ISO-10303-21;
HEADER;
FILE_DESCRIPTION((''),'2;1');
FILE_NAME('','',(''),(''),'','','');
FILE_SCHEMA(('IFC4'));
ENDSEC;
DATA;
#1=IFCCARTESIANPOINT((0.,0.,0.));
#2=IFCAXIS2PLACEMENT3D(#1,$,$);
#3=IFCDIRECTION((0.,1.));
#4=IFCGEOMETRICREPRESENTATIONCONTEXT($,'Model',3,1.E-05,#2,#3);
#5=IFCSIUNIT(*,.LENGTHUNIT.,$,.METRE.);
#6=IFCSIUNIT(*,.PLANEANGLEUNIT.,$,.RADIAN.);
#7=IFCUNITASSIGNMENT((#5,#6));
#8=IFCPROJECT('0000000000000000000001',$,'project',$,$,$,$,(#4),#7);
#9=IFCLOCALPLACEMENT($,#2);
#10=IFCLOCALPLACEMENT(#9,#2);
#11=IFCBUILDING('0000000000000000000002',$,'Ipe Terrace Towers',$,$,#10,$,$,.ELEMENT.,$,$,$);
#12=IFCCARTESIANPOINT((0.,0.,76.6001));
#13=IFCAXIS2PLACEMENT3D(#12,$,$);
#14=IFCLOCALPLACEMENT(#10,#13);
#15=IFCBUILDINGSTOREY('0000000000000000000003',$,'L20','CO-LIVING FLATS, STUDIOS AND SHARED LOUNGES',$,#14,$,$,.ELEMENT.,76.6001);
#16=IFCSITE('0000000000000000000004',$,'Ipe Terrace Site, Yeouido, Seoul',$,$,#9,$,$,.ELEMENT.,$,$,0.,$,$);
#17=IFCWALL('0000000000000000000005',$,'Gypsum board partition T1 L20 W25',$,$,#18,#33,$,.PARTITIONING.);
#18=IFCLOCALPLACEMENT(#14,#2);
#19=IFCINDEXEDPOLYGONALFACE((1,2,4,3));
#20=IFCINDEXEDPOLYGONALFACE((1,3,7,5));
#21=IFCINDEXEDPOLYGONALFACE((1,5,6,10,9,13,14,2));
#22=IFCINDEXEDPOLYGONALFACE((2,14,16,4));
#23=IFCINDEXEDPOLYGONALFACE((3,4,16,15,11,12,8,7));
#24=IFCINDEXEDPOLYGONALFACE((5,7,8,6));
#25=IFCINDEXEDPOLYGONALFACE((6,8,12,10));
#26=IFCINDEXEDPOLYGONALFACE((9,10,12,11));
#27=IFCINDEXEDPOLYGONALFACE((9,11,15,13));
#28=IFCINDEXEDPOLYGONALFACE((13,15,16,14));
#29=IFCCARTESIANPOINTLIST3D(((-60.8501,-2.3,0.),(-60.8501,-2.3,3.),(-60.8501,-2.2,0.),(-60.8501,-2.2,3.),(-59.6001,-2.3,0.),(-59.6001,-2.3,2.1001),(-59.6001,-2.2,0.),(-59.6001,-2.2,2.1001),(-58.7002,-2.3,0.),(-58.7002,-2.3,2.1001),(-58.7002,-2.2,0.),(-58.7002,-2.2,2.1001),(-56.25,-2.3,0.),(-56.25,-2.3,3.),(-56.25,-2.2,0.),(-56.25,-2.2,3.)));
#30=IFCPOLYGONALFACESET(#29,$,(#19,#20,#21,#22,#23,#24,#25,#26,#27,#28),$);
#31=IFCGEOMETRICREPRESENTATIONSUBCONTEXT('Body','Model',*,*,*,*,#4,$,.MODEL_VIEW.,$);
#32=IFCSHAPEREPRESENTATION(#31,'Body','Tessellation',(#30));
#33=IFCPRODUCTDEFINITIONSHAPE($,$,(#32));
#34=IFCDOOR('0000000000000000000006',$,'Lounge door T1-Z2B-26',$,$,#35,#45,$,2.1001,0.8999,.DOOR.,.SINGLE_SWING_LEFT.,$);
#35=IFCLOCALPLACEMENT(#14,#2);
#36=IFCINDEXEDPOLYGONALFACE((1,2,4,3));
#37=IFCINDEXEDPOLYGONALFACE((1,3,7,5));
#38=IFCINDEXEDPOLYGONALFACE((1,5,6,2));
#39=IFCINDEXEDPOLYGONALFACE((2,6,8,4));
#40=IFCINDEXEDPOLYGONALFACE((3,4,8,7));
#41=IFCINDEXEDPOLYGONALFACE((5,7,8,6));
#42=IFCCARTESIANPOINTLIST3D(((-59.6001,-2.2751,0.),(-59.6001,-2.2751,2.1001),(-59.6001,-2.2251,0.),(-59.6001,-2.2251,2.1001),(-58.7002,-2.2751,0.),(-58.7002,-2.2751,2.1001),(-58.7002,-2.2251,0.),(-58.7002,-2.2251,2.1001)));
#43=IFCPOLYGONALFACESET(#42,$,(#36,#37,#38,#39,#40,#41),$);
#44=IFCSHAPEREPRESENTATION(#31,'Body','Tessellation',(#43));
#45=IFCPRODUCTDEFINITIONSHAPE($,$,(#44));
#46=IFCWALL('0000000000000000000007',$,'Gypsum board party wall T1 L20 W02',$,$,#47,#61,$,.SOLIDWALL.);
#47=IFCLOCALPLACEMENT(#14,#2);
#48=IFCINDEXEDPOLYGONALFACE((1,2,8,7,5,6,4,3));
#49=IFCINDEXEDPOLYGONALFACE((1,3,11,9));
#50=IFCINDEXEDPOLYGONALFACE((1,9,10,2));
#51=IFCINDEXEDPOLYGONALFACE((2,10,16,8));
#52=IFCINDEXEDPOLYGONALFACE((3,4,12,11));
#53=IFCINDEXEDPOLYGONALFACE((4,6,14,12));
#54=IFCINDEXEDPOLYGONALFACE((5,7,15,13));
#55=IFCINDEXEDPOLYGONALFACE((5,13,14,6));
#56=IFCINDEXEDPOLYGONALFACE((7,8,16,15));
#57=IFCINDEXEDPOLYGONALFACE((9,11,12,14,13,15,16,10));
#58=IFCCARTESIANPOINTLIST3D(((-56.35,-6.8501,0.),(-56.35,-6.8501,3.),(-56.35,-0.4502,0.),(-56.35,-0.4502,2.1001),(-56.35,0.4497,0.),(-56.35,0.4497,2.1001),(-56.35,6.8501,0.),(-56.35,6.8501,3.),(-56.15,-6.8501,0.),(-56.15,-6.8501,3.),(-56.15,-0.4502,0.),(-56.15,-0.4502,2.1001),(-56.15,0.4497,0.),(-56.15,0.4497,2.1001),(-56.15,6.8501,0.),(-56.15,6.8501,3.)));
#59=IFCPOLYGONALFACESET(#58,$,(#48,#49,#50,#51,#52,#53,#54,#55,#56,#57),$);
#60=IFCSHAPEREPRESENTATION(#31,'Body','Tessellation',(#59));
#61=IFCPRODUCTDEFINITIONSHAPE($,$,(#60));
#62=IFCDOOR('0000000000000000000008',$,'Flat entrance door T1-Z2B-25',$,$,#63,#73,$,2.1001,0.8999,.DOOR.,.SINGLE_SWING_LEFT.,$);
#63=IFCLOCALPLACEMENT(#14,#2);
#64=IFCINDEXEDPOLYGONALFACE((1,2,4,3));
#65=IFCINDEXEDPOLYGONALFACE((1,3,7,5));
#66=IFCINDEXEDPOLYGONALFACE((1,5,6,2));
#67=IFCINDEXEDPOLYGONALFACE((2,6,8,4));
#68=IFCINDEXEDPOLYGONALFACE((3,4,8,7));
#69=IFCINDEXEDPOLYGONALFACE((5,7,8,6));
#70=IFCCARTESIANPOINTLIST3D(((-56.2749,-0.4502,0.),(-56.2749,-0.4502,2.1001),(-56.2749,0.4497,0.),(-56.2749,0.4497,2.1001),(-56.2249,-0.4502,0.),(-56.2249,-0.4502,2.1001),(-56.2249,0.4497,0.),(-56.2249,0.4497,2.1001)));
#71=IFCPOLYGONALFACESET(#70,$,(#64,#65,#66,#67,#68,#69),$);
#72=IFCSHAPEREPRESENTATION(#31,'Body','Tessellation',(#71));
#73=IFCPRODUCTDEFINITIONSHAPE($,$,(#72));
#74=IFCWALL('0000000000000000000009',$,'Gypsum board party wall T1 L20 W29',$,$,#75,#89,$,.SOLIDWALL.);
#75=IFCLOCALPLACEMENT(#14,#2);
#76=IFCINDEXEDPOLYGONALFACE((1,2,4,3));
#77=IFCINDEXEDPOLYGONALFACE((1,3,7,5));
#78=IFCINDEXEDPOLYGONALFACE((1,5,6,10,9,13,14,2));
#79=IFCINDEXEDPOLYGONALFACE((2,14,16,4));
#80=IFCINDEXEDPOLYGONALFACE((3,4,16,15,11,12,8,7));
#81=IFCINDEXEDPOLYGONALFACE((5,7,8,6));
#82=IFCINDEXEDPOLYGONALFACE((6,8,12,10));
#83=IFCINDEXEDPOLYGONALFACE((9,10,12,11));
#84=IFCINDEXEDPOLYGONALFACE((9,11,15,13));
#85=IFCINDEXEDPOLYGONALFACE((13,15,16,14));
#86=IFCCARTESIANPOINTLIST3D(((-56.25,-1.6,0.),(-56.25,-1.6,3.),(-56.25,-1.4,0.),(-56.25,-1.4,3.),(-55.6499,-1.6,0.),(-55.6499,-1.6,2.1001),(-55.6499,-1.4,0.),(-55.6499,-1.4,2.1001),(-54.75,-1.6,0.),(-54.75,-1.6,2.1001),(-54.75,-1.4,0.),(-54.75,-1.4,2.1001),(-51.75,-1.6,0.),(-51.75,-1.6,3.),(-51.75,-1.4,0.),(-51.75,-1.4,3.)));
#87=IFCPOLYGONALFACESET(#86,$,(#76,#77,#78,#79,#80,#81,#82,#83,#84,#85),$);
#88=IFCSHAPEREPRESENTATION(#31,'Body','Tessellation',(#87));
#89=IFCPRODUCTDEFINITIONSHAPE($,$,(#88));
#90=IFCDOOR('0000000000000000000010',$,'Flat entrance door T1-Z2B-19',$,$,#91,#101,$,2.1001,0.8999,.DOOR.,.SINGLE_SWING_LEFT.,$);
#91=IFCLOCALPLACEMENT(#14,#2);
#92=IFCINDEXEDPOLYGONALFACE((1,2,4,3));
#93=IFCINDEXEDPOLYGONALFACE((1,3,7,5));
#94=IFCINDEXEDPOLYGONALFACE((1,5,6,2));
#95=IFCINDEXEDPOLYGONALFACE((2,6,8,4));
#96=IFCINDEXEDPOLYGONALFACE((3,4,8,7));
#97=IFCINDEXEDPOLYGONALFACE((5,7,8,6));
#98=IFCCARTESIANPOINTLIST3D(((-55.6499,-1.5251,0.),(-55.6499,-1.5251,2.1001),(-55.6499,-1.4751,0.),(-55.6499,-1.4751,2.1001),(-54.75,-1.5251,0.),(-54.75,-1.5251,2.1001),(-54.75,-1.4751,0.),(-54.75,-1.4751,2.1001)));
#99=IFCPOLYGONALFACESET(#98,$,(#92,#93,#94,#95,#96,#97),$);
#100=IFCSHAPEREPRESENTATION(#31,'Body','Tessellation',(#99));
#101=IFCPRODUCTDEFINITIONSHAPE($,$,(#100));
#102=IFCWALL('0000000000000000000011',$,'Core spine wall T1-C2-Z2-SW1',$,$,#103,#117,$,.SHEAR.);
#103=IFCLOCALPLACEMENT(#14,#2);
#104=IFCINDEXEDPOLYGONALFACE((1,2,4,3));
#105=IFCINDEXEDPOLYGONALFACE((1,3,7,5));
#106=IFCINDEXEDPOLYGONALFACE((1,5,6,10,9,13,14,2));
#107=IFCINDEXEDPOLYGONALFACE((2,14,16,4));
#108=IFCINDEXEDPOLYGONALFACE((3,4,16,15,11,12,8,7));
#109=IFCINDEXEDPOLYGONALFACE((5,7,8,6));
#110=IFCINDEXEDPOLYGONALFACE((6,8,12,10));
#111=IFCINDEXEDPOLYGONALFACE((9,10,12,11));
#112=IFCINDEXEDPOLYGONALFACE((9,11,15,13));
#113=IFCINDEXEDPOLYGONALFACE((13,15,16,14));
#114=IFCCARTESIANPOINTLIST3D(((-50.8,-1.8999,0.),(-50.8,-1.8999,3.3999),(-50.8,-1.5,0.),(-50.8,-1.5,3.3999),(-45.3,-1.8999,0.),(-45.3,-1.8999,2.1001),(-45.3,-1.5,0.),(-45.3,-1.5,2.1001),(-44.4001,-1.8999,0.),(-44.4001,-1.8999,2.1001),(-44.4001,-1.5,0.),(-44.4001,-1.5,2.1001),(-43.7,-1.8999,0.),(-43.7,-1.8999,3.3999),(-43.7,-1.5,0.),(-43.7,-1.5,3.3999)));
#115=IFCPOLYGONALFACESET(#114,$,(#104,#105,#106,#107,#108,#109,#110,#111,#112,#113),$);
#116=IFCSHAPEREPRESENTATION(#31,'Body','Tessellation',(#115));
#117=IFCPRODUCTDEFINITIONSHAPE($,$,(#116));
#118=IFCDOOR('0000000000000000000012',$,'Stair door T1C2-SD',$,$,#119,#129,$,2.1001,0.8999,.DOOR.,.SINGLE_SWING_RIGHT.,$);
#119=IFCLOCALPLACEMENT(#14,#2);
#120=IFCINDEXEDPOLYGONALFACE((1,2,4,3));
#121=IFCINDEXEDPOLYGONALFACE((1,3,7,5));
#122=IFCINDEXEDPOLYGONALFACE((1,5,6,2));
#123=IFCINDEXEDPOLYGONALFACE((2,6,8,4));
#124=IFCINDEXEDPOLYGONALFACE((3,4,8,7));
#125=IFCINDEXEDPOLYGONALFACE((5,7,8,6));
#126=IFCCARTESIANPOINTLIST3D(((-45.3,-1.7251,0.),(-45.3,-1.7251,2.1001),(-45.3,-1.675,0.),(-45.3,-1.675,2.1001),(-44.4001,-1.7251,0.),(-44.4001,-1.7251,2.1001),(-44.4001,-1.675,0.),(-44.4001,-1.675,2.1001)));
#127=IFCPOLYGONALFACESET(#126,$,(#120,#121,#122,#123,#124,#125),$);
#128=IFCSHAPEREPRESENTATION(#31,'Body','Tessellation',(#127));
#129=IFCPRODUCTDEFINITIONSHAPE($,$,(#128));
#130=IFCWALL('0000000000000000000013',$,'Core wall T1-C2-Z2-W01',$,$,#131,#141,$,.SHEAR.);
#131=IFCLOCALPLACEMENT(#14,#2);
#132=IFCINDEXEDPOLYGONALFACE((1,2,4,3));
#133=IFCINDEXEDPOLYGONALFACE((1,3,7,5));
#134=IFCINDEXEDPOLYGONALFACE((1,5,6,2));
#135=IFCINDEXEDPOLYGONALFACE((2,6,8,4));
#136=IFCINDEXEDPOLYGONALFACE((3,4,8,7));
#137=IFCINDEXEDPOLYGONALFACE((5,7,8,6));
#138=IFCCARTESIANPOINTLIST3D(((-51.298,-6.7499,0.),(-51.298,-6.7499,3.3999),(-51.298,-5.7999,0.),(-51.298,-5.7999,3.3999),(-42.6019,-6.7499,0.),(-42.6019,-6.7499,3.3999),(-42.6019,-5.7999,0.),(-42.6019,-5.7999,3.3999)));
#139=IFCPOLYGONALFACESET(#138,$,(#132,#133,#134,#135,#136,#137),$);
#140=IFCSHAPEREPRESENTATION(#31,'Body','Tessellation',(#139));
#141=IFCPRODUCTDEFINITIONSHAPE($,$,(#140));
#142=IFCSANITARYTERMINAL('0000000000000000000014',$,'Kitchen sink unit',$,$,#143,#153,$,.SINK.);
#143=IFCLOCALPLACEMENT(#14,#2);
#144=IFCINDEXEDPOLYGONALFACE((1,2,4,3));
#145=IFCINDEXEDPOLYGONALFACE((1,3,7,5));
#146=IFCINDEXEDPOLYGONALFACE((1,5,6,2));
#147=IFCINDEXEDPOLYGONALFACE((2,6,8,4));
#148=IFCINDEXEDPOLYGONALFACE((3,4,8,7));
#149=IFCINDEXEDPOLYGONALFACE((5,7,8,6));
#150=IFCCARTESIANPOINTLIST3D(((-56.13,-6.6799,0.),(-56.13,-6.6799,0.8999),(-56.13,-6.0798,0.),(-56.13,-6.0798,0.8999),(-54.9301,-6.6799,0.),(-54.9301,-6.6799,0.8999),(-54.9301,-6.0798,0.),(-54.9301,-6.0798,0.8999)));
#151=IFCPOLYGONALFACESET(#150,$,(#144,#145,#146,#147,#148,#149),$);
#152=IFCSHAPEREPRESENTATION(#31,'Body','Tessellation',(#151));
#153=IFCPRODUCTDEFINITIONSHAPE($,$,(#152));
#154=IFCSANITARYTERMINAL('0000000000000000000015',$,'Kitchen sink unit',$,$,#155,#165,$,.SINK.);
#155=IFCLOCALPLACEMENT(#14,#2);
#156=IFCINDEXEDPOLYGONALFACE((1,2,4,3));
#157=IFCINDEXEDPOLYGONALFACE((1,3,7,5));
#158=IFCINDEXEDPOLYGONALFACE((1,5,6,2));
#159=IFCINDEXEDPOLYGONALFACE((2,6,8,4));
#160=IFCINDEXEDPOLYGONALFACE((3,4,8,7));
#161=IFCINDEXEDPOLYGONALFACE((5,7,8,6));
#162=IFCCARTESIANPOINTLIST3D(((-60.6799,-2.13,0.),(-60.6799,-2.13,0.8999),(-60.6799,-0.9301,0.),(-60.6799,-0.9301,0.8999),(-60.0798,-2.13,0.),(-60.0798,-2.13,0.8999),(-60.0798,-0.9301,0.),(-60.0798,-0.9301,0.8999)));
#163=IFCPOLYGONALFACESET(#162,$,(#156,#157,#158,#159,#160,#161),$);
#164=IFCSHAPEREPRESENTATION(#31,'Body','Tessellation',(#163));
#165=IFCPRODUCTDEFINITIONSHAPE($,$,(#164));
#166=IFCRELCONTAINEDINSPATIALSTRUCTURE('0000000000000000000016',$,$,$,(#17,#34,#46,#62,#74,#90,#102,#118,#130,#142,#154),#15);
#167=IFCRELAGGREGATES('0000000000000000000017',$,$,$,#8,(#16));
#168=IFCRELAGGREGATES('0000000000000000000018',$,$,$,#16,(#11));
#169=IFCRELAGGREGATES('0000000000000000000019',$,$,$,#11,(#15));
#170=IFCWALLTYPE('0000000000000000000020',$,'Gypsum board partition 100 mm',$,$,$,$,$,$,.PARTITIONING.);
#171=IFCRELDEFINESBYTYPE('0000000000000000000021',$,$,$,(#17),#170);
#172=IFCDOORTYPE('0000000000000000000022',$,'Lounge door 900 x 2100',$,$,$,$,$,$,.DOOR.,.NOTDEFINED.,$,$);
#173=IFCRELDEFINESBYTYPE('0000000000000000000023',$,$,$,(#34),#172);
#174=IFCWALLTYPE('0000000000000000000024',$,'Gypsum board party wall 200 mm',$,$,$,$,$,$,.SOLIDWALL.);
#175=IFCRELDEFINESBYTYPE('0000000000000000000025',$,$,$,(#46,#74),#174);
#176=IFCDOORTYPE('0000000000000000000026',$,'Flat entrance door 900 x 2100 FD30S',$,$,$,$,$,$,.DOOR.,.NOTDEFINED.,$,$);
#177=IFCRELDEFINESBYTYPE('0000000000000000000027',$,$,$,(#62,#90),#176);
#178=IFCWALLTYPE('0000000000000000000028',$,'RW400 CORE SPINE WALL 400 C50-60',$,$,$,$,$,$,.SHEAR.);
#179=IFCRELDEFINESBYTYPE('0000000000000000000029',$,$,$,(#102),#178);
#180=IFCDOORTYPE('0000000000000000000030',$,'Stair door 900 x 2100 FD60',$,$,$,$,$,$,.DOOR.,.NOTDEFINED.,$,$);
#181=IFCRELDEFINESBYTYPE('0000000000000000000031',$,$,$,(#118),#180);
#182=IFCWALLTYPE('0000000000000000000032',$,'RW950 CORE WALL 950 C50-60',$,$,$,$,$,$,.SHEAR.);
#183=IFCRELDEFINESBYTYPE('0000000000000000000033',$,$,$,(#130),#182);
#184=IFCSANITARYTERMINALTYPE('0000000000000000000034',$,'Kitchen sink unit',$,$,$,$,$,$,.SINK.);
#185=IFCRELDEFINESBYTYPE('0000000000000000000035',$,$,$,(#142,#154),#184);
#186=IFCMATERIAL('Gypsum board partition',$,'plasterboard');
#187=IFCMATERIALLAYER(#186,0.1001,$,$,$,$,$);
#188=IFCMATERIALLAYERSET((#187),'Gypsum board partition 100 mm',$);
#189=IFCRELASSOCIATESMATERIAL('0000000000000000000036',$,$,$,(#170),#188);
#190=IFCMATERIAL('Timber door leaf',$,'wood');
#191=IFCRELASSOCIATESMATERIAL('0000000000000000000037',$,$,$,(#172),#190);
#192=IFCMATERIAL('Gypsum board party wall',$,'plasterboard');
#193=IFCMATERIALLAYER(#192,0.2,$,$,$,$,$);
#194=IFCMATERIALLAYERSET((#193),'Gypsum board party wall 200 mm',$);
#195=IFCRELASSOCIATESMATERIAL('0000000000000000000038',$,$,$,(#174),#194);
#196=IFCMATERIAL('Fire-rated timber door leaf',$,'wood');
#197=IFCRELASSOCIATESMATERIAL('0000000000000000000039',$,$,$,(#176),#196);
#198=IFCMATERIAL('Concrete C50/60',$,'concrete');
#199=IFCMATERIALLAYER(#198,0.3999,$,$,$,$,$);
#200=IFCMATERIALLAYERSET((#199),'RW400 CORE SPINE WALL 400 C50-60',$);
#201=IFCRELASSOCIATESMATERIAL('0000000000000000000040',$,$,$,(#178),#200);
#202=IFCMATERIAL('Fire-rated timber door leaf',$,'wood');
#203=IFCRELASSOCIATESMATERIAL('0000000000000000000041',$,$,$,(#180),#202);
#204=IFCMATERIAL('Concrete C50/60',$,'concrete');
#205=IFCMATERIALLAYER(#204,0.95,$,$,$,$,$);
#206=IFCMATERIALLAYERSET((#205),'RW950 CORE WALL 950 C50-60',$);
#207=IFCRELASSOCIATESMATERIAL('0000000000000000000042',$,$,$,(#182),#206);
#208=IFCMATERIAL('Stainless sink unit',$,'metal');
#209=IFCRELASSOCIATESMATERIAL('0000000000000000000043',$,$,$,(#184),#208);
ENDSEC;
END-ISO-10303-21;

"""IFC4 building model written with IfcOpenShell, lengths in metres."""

from ifc_helpers import new_model, si_unit, direction, frame, frame_2d, origin, origin_2d, place, context, subcontext, project, spatial, rectangle, extrude, material, layer, layer_set, type_object, element, fill, save


model = new_model("IFC4")

# Units and contexts
model_context = context("Model", 3, precision=1e-05, world=origin(), true_north=direction((0.0, 1.0)))
body_context = subcontext(model_context, "Body", "Model", "MODEL_VIEW")
ifc_project = project(units=[si_unit("LENGTHUNIT", "METRE"), si_unit("PLANEANGLEUNIT", "RADIAN")], contexts=[model_context])

# Site, building, storey
site_placement = place(None, origin())
site = spatial("IfcSite", under=ifc_project, at=site_placement, Name="Ipe Terrace Site, Yeouido, Seoul", CompositionType="ELEMENT", RefElevation=0.0)
building_placement = place(site_placement, origin())
building = spatial("IfcBuilding", under=site, at=building_placement, Name="Ipe Terrace Towers", CompositionType="ELEMENT")
storey_placement = place(building_placement, frame((0.0, 0.0, 76.6001)))
storey = spatial("IfcBuildingStorey", under=building, at=storey_placement, Name="L20", Description="CO-LIVING FLATS, STUDIOS AND SHARED LOUNGES", CompositionType="ELEMENT", Elevation=76.6001)

# Shared definitions
ifc_material_1 = material(Name="Gypsum board partition", Category="plasterboard")
ifc_layer_1 = layer(ifc_material_1, 0.1001)
ifc_layer_set_1 = layer_set([ifc_layer_1], Name="Gypsum board partition 100 mm")
wall_type_1 = type_object("IfcWallType", Name="Gypsum board partition 100 mm", PredefinedType="PARTITIONING", material=ifc_layer_set_1)

# Walls, openings, doors
wall_1_placement = place(storey_placement, frame((-60.8501, -2.25, 0.0), z_axis=(0.0, 0.0, 1.0), x_axis=(1.0, 0.0, 0.0)))
wall_1 = element("IfcWall", 1, at=wall_1_placement, inside=storey, type_object=wall_type_1, Name="Gypsum board partition T1 L20 W25", PredefinedType="PARTITIONING", context=body_context, shape_type="SweptSolid", body=[
    extrude(rectangle(XDim=4.6001, YDim=0.1001, at=frame_2d((2.3, 0.0))), origin(), (0.0, 0.0, 1.0), 3.0),
])
opening_1_placement = place(wall_1_placement, frame((1.25, 0.0, 0.0)))
opening_1 = element("IfcOpeningElement", 2, at=opening_1_placement, cuts=wall_1, PredefinedType="OPENING", context=body_context, shape_type="SweptSolid", body=[
    extrude(rectangle(XDim=0.8999, YDim=2.1001, at=frame_2d((0.45, 1.05))), frame((0.0, 0.0601, 0.0), z_axis=(0.0, -1.0, 0.0), x_axis=(1.0, 0.0, 0.0)), (0.0, 0.0, 1.0), 0.1201),
])
ifc_material_2 = material(Name="Timber door leaf", Category="wood")
door_type_1 = type_object("IfcDoorType", Name="Lounge door 900 x 2100", OperationType="NOTDEFINED", PredefinedType="DOOR", material=ifc_material_2)
door_1_placement = place(opening_1_placement, origin())
door_1 = element("IfcDoor", 3, at=door_1_placement, inside=storey, type_object=door_type_1, Name="Lounge door T1-Z2B-26", OperationType="SINGLE_SWING_LEFT", OverallHeight=2.1001, OverallWidth=0.8999, PredefinedType="DOOR", context=body_context, shape_type="SweptSolid", body=[
    extrude(rectangle(XDim=0.8999, YDim=2.1001, at=frame_2d((0.45, 1.05))), frame((0.0, 0.0249, 0.0), z_axis=(0.0, -1.0, 0.0), x_axis=(1.0, 0.0, 0.0)), (0.0, 0.0, 1.0), 0.05),
])
fill(opening_1, door_1)
ifc_material_3 = material(Name="Gypsum board party wall", Category="plasterboard")
ifc_layer_2 = layer(ifc_material_3, 0.2)
ifc_layer_set_2 = layer_set([ifc_layer_2], Name="Gypsum board party wall 200 mm")
wall_type_2 = type_object("IfcWallType", Name="Gypsum board party wall 200 mm", PredefinedType="SOLIDWALL", material=ifc_layer_set_2)
wall_2_placement = place(storey_placement, frame((-56.25, -6.8501, 0.0), z_axis=(0.0, 0.0, 1.0), x_axis=(0.0, 1.0, 0.0)))
wall_2 = element("IfcWall", 4, at=wall_2_placement, inside=storey, type_object=wall_type_2, Name="Gypsum board party wall T1 L20 W02", PredefinedType="SOLIDWALL", context=body_context, shape_type="SweptSolid", body=[
    extrude(rectangle(XDim=13.7002, YDim=0.2, at=frame_2d((6.8501, 0.0))), origin(), (0.0, 0.0, 1.0), 3.0),
])
opening_2_placement = place(wall_2_placement, frame((6.3999, 0.0, 0.0)))
opening_2 = element("IfcOpeningElement", 5, at=opening_2_placement, cuts=wall_2, PredefinedType="OPENING", context=body_context, shape_type="SweptSolid", body=[
    extrude(rectangle(XDim=0.8999, YDim=2.1001, at=frame_2d((0.45, 1.05))), frame((0.0, 0.1099, 0.0), z_axis=(0.0, -1.0, 0.0), x_axis=(1.0, 0.0, 0.0)), (0.0, 0.0, 1.0), 0.22),
])
ifc_material_4 = material(Name="Fire-rated timber door leaf", Category="wood")
door_type_2 = type_object("IfcDoorType", Name="Flat entrance door 900 x 2100 FD30S", OperationType="NOTDEFINED", PredefinedType="DOOR", material=ifc_material_4)
door_2_placement = place(opening_2_placement, origin())
door_2 = element("IfcDoor", 6, at=door_2_placement, inside=storey, type_object=door_type_2, Name="Flat entrance door T1-Z2B-25", OperationType="SINGLE_SWING_LEFT", OverallHeight=2.1001, OverallWidth=0.8999, PredefinedType="DOOR", context=body_context, shape_type="SweptSolid", body=[
    extrude(rectangle(XDim=0.8999, YDim=2.1001, at=frame_2d((0.45, 1.05))), frame((0.0, 0.0249, 0.0), z_axis=(0.0, -1.0, 0.0), x_axis=(1.0, 0.0, 0.0)), (0.0, 0.0, 1.0), 0.05),
])
fill(opening_2, door_2)
wall_3_placement = place(storey_placement, frame((-56.25, -1.5, 0.0), z_axis=(0.0, 0.0, 1.0), x_axis=(1.0, 0.0, 0.0)))
wall_3 = element("IfcWall", 7, at=wall_3_placement, inside=storey, type_object=wall_type_2, Name="Gypsum board party wall T1 L20 W29", PredefinedType="SOLIDWALL", context=body_context, shape_type="SweptSolid", body=[
    extrude(rectangle(XDim=4.5, YDim=0.2, at=frame_2d((2.25, 0.0))), origin(), (0.0, 0.0, 1.0), 3.0),
])
opening_3_placement = place(wall_3_placement, frame((0.6001, 0.0, 0.0)))
opening_3 = element("IfcOpeningElement", 8, at=opening_3_placement, cuts=wall_3, PredefinedType="OPENING", context=body_context, shape_type="SweptSolid", body=[
    extrude(rectangle(XDim=0.8999, YDim=2.1001, at=frame_2d((0.45, 1.05))), frame((0.0, 0.1099, 0.0), z_axis=(0.0, -1.0, 0.0), x_axis=(1.0, 0.0, 0.0)), (0.0, 0.0, 1.0), 0.22),
])
door_3_placement = place(opening_3_placement, origin())
door_3 = element("IfcDoor", 9, at=door_3_placement, inside=storey, type_object=door_type_2, Name="Flat entrance door T1-Z2B-19", OperationType="SINGLE_SWING_LEFT", OverallHeight=2.1001, OverallWidth=0.8999, PredefinedType="DOOR", context=body_context, shape_type="SweptSolid", body=[
    extrude(rectangle(XDim=0.8999, YDim=2.1001, at=frame_2d((0.45, 1.05))), frame((0.0, 0.0249, 0.0), z_axis=(0.0, -1.0, 0.0), x_axis=(1.0, 0.0, 0.0)), (0.0, 0.0, 1.0), 0.05),
])
fill(opening_3, door_3)
ifc_material_5 = material(Name="Concrete C50/60", Category="concrete")
ifc_layer_3 = layer(ifc_material_5, 0.3999)
ifc_layer_set_3 = layer_set([ifc_layer_3], Name="RW400 CORE SPINE WALL 400 C50-60")
wall_type_3 = type_object("IfcWallType", Name="RW400 CORE SPINE WALL 400 C50-60", PredefinedType="SHEAR", material=ifc_layer_set_3)
wall_4_placement = place(storey_placement, frame((-50.8, -1.7, 0.0), z_axis=(0.0, 0.0, 1.0), x_axis=(1.0, 0.0, 0.0)))
wall_4 = element("IfcWall", 10, at=wall_4_placement, inside=storey, type_object=wall_type_3, Name="Core spine wall T1-C2-Z2-SW1", PredefinedType="SHEAR", context=body_context, shape_type="SweptSolid", body=[
    extrude(rectangle(XDim=7.1001, YDim=0.3999, at=frame_2d((3.55, 0.0))), origin(), (0.0, 0.0, 1.0), 3.3999),
])
opening_4_placement = place(wall_4_placement, frame((5.5, 0.0, 0.0)))
opening_4 = element("IfcOpeningElement", 11, at=opening_4_placement, cuts=wall_4, PredefinedType="OPENING", context=body_context, shape_type="SweptSolid", body=[
    extrude(rectangle(XDim=0.8999, YDim=2.1001, at=frame_2d((0.45, 1.05))), frame((0.0, 0.21, 0.0), z_axis=(0.0, -1.0, 0.0), x_axis=(1.0, 0.0, 0.0)), (0.0, 0.0, 1.0), 0.4199),
])
ifc_material_6 = material(Name="Fire-rated timber door leaf", Category="wood")
door_type_3 = type_object("IfcDoorType", Name="Stair door 900 x 2100 FD60", OperationType="NOTDEFINED", PredefinedType="DOOR", material=ifc_material_6)
door_4_placement = place(opening_4_placement, origin())
door_4 = element("IfcDoor", 12, at=door_4_placement, inside=storey, type_object=door_type_3, Name="Stair door T1C2-SD", OperationType="SINGLE_SWING_RIGHT", OverallHeight=2.1001, OverallWidth=0.8999, PredefinedType="DOOR", context=body_context, shape_type="SweptSolid", body=[
    extrude(rectangle(XDim=0.8999, YDim=2.1001, at=frame_2d((0.45, 1.05))), frame((0.0, 0.0249, 0.0), z_axis=(0.0, -1.0, 0.0), x_axis=(1.0, 0.0, 0.0)), (0.0, 0.0, 1.0), 0.05),
])
fill(opening_4, door_4)

# Wall
ifc_material_7 = material(Name="Concrete C50/60", Category="concrete")
ifc_layer_4 = layer(ifc_material_7, 0.95)
ifc_layer_set_4 = layer_set([ifc_layer_4], Name="RW950 CORE WALL 950 C50-60")
wall_type_4 = type_object("IfcWallType", Name="RW950 CORE WALL 950 C50-60", PredefinedType="SHEAR", material=ifc_layer_set_4)
wall_5_placement = place(storey_placement, frame((-51.2981, -6.2749, 0.0), z_axis=(0.0, 0.0, 1.0), x_axis=(1.0, 0.0, 0.0)))
element("IfcWall", 13, at=wall_5_placement, inside=storey, type_object=wall_type_4, Name="Core wall T1-C2-Z2-W01", PredefinedType="SHEAR", context=body_context, shape_type="SweptSolid", body=[
    extrude(rectangle(XDim=8.696, YDim=0.95, at=frame_2d((4.3481, 0.0))), origin(), (0.0, 0.0, 1.0), 3.3999),
])

# Sanitary terminals
ifc_material_8 = material(Name="Stainless sink unit", Category="metal")
sanitary_terminal_type_1 = type_object("IfcSanitaryTerminalType", Name="Kitchen sink unit", PredefinedType="SINK", material=ifc_material_8)
for number, where, z_axis, x_axis, name in (
    (14, (-55.53, -6.3799, 0.0), (0.0, 0.0, 1.0), (-1.0, 0.0, 0.0), "Kitchen sink unit"),
    (15, (-60.3799, -1.53, 0.0), (0.0, 0.0, 1.0), (0.0, 1.0, 0.0), "Kitchen sink unit"),
):
    element("IfcSanitaryTerminal", number, at=place(storey_placement, frame(where, z_axis=z_axis, x_axis=x_axis)), inside=storey, type_object=sanitary_terminal_type_1, Name=name, PredefinedType="SINK", context=body_context, shape_type="SweptSolid", body=[
        extrude(rectangle(XDim=1.2, YDim=0.6001, at=origin_2d()), origin(), (0.0, 0.0, 1.0), 0.8999),
    ])

save(model, "model.ifc")
